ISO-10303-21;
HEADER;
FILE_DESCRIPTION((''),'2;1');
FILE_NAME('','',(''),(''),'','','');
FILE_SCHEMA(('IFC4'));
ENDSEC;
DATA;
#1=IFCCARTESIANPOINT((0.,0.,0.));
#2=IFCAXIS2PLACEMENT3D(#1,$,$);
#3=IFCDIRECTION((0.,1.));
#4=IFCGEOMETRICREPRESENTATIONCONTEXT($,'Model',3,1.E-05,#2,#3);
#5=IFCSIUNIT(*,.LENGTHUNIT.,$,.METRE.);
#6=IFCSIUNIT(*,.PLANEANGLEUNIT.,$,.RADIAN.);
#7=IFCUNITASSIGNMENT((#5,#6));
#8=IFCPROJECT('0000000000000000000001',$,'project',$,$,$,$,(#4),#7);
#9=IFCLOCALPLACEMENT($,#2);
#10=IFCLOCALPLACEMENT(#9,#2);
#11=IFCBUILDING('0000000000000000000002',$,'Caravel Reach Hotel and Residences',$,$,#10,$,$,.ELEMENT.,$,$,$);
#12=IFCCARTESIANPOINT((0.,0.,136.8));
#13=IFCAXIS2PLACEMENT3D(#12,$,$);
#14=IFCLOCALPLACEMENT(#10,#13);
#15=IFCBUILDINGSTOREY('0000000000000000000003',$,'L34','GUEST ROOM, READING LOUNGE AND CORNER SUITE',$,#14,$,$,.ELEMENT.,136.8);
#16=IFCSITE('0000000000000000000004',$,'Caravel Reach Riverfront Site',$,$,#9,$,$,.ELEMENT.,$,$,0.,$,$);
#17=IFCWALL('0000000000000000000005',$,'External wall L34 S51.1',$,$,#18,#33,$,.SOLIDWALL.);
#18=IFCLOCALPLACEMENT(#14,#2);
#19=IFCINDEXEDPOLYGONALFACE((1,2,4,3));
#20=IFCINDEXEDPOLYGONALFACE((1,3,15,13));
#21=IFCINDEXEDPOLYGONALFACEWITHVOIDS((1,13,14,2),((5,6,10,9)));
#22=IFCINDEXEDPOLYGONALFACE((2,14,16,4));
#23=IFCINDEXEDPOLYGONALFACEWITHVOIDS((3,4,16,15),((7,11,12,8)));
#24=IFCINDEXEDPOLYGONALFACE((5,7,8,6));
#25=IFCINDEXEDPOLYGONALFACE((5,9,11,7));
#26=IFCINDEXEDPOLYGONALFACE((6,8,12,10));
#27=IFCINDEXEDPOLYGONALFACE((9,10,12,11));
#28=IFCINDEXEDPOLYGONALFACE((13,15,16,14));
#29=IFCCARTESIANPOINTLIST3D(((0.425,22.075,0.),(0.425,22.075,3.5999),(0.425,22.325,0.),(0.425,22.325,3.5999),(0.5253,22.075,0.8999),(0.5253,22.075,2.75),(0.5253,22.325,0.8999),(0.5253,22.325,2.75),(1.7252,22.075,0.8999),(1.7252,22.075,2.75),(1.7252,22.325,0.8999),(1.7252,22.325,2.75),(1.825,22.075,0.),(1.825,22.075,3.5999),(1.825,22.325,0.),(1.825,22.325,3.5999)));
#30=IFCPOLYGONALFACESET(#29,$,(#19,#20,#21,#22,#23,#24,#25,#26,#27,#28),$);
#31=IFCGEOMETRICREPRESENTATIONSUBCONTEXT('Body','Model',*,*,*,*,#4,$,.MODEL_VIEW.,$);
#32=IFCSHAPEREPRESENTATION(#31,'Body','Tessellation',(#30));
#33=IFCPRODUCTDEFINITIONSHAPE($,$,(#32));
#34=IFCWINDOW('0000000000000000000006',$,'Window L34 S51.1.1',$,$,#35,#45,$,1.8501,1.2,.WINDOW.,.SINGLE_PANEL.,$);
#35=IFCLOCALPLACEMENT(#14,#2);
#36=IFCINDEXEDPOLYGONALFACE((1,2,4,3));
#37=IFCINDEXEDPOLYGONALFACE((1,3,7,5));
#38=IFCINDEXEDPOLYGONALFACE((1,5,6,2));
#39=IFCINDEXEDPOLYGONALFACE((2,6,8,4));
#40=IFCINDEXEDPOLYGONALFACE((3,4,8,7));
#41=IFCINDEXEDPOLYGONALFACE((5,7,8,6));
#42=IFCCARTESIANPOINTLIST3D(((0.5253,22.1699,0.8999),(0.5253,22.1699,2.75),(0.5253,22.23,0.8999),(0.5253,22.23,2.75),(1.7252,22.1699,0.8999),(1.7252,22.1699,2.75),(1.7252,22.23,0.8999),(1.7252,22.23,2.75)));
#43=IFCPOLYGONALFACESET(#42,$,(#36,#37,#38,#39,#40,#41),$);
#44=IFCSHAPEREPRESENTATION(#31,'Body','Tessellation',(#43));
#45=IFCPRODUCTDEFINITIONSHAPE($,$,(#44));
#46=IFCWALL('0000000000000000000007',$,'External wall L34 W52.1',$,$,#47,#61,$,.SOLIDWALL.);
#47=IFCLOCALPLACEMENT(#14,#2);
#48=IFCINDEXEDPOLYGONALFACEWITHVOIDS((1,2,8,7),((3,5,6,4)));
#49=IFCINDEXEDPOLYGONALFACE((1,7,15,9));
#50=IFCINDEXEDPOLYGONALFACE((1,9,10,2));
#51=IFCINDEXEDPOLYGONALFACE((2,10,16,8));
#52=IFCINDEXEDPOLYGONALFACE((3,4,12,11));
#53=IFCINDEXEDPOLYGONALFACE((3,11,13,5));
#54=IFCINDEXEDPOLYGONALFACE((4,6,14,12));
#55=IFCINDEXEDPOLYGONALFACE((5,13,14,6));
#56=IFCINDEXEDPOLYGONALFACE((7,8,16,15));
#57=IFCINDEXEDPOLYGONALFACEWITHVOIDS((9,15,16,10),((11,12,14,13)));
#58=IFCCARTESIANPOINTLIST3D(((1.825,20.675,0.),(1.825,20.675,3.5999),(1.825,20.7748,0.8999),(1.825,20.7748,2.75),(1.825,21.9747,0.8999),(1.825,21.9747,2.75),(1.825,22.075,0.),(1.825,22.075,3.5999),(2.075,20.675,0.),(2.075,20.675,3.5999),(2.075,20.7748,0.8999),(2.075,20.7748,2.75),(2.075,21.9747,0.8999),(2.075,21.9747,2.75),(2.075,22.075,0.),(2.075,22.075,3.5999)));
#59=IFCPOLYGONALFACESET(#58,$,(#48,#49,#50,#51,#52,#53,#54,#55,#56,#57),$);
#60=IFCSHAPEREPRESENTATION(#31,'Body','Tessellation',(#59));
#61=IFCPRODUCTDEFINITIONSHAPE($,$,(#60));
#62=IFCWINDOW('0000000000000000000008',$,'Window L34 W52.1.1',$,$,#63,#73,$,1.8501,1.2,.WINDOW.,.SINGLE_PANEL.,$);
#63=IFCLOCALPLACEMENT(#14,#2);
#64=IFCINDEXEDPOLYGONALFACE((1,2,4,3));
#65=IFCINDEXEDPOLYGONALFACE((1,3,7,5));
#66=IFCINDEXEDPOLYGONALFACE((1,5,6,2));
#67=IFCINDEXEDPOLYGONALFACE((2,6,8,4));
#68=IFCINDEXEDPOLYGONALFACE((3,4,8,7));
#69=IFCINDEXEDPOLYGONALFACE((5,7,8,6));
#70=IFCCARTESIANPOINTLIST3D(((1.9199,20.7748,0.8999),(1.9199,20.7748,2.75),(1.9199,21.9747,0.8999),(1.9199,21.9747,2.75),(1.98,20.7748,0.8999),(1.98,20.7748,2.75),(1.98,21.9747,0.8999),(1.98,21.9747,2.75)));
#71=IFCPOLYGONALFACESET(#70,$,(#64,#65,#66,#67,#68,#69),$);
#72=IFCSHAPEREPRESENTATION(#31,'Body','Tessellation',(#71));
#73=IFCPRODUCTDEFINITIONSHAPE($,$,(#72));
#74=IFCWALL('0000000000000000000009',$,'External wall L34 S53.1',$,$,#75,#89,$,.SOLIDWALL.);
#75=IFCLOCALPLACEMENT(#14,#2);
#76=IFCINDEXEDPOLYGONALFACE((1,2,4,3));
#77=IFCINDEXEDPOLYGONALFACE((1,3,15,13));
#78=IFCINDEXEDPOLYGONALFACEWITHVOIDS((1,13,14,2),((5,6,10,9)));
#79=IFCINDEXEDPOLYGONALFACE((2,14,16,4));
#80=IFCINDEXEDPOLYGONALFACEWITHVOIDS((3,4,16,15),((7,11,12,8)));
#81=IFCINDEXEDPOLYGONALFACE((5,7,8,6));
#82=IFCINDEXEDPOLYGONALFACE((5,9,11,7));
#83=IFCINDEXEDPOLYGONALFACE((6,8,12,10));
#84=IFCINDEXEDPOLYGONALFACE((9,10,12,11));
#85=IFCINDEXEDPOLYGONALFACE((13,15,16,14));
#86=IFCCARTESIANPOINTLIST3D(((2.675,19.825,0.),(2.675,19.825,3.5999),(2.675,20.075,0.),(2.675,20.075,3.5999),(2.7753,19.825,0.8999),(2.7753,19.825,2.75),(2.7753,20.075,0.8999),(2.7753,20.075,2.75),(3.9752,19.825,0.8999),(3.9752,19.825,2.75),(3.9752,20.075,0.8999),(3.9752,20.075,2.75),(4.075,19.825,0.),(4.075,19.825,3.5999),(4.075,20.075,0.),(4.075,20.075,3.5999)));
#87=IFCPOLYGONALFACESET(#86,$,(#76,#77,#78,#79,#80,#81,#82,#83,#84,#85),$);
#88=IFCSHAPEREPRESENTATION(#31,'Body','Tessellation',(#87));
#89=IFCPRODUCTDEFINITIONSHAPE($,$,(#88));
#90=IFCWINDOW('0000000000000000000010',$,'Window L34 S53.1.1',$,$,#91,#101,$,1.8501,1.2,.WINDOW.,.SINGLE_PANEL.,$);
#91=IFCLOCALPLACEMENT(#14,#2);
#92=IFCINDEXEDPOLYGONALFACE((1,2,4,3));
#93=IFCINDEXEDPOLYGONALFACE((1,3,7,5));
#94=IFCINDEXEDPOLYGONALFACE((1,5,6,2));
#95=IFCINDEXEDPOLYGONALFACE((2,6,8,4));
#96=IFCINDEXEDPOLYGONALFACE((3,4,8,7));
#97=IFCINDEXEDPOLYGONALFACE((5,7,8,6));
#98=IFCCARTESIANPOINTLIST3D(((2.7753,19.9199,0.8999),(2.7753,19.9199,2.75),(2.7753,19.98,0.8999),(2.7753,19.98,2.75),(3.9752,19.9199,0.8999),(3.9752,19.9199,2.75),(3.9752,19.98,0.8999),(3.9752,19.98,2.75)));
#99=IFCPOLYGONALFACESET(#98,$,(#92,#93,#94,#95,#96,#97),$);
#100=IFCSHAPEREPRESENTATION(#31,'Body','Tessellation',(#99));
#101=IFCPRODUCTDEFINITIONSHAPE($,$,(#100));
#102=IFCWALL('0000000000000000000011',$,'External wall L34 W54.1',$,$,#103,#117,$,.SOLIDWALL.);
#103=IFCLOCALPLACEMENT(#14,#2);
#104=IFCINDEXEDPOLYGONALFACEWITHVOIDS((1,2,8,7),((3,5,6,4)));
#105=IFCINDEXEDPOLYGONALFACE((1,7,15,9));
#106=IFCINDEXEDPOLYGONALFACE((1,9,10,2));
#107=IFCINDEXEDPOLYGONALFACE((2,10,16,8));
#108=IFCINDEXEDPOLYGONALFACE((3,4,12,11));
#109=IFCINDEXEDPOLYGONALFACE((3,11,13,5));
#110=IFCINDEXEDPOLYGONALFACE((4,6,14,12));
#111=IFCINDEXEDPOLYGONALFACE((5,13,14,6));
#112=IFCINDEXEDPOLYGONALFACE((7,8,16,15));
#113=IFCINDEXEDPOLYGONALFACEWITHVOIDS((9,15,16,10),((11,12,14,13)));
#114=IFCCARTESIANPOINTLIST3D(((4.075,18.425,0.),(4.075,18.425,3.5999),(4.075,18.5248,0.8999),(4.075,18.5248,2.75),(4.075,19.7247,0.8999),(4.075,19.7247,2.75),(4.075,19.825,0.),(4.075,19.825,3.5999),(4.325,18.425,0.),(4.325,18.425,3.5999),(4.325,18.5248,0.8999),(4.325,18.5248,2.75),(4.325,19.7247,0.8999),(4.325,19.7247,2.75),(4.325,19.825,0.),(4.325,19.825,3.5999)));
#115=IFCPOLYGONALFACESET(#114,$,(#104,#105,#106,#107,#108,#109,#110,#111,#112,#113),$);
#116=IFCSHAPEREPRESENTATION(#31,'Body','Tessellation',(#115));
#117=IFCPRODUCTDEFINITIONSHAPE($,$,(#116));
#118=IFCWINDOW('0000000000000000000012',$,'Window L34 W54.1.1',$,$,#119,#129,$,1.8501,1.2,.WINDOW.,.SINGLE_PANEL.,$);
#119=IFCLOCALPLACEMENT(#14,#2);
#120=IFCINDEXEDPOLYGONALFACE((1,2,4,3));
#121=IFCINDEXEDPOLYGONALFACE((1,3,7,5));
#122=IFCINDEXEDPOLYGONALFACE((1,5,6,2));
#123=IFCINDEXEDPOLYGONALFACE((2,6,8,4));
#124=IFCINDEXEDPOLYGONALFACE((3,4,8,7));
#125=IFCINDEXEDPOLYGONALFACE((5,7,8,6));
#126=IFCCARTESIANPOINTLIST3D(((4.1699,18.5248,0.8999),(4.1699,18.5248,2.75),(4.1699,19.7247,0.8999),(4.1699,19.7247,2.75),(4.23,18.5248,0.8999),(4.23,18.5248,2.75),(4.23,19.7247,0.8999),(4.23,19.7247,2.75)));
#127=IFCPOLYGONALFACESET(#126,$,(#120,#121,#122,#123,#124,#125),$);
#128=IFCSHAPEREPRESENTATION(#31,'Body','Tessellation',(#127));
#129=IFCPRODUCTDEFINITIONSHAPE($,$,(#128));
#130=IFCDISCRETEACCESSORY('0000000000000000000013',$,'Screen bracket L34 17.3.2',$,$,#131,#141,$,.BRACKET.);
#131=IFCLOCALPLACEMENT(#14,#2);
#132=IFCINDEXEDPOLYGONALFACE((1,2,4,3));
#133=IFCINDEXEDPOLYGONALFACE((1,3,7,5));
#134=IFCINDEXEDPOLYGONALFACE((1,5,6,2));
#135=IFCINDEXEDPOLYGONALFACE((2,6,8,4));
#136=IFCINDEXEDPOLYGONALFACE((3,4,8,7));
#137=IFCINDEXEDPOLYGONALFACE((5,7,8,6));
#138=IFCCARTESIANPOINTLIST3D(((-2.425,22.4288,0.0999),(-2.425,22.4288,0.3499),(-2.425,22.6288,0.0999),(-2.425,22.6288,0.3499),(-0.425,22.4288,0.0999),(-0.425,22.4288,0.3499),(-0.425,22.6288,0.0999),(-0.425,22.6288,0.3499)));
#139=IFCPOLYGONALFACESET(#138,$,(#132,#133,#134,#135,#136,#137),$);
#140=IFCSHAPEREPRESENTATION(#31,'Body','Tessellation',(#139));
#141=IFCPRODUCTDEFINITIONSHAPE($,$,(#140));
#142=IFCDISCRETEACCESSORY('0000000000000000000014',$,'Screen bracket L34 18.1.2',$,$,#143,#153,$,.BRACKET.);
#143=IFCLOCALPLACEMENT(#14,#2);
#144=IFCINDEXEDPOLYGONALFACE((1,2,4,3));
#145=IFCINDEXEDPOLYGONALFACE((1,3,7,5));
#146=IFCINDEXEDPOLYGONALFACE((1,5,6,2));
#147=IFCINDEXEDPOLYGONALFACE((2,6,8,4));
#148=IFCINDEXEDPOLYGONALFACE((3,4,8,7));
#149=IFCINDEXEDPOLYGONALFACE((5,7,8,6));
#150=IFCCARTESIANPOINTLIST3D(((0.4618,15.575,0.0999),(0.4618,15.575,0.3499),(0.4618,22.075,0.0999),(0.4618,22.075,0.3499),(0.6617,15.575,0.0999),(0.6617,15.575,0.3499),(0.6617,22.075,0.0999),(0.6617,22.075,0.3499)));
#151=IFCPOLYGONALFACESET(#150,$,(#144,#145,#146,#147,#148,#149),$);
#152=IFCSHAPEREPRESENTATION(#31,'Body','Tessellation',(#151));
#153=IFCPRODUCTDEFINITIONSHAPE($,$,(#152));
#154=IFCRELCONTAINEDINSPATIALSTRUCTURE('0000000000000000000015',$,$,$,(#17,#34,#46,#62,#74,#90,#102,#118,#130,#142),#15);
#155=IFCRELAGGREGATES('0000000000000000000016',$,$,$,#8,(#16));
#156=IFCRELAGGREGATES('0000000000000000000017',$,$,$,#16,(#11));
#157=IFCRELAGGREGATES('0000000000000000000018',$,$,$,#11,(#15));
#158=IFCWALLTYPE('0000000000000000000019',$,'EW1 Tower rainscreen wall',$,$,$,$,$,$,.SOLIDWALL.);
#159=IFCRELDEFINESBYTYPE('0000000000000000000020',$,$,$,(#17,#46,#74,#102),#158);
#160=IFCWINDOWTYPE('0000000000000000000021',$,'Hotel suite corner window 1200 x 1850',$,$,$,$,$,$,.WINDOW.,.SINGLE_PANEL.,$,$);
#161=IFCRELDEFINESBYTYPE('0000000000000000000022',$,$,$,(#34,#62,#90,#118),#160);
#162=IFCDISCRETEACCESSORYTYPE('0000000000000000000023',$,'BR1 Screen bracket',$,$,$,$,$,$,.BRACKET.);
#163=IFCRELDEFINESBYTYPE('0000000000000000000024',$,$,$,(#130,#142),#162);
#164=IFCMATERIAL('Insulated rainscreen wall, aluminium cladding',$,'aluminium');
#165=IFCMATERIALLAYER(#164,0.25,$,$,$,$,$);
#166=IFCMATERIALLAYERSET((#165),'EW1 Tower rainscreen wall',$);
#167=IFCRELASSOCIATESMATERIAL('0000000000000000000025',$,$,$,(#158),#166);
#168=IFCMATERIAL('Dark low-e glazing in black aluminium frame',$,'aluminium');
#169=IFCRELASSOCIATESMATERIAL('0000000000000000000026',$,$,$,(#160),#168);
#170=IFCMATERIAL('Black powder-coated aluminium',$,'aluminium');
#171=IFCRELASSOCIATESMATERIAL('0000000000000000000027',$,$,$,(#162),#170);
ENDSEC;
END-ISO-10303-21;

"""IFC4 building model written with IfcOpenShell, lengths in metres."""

from ifc_helpers import new_model, si_unit, direction, frame, frame_2d, origin, origin_2d, place, context, subcontext, project, spatial, rectangle, extrude, material, layer, layer_set, type_object, element, fill, save


model = new_model("IFC4")

# Units and contexts
model_context = context("Model", 3, precision=1e-05, world=origin(), true_north=direction((0.0, 1.0)))
body_context = subcontext(model_context, "Body", "Model", "MODEL_VIEW")
ifc_project = project(units=[si_unit("LENGTHUNIT", "METRE"), si_unit("PLANEANGLEUNIT", "RADIAN")], contexts=[model_context])

# Site, building, storey
site_placement = place(None, origin())
site = spatial("IfcSite", under=ifc_project, at=site_placement, Name="Caravel Reach Riverfront Site", CompositionType="ELEMENT", RefElevation=0.0)
building_placement = place(site_placement, origin())
building = spatial("IfcBuilding", under=site, at=building_placement, Name="Caravel Reach Hotel and Residences", CompositionType="ELEMENT")
storey_placement = place(building_placement, frame((0.0, 0.0, 136.8)))
storey = spatial("IfcBuildingStorey", under=building, at=storey_placement, Name="L34", Description="GUEST ROOM, READING LOUNGE AND CORNER SUITE", CompositionType="ELEMENT", Elevation=136.8)

# Walls, openings, windows
ifc_material_1 = material(Name="Insulated rainscreen wall, aluminium cladding", Category="aluminium")
ifc_layer = layer(ifc_material_1, 0.25)
ifc_layer_set = layer_set([ifc_layer], Name="EW1 Tower rainscreen wall")
wall_type = type_object("IfcWallType", Name="EW1 Tower rainscreen wall", PredefinedType="SOLIDWALL", material=ifc_layer_set)
wall_1_placement = place(storey_placement, frame((0.425, 22.2, 0.0), z_axis=(0.0, 0.0, 1.0), x_axis=(1.0, 0.0, 0.0)))
wall_1 = element("IfcWall", 1, at=wall_1_placement, inside=storey, type_object=wall_type, Name="External wall L34 S51.1", PredefinedType="SOLIDWALL", context=body_context, shape_type="SweptSolid", body=[
    extrude(rectangle(XDim=1.3999, YDim=0.25, at=frame_2d((0.7, 0.0))), origin(), (0.0, 0.0, 1.0), 3.5999),
])
opening_1_placement = place(wall_1_placement, frame((0.1001, 0.0, 0.8999)))
opening_1 = element("IfcOpeningElement", 2, at=opening_1_placement, cuts=wall_1, PredefinedType="OPENING", context=body_context, shape_type="SweptSolid", body=[
    extrude(rectangle(XDim=1.2, YDim=1.8501, at=frame_2d((0.6001, 0.925))), frame((0.0, 0.135, 0.0), z_axis=(0.0, -1.0, 0.0), x_axis=(1.0, 0.0, 0.0)), (0.0, 0.0, 1.0), 0.27),
])
ifc_material_2 = material(Name="Dark low-e glazing in black aluminium frame", Category="aluminium")
window_type = type_object("IfcWindowType", Name="Hotel suite corner window 1200 x 1850", PartitioningType="SINGLE_PANEL", PredefinedType="WINDOW", material=ifc_material_2)
window_1_placement = place(opening_1_placement, origin())
window_1 = element("IfcWindow", 3, at=window_1_placement, inside=storey, type_object=window_type, Name="Window L34 S51.1.1", OverallHeight=1.8501, OverallWidth=1.2, PartitioningType="SINGLE_PANEL", PredefinedType="WINDOW", context=body_context, shape_type="SweptSolid", body=[
    extrude(rectangle(XDim=1.2, YDim=1.8501, at=frame_2d((0.6001, 0.925))), frame((0.0, 0.03, 0.0), z_axis=(0.0, -1.0, 0.0), x_axis=(1.0, 0.0, 0.0)), (0.0, 0.0, 1.0), 0.0601),
])
fill(opening_1, window_1)
wall_2_placement = place(storey_placement, frame((1.95, 22.075, 0.0), z_axis=(0.0, 0.0, 1.0), x_axis=(0.0, -1.0, 0.0)))
wall_2 = element("IfcWall", 4, at=wall_2_placement, inside=storey, type_object=wall_type, Name="External wall L34 W52.1", PredefinedType="SOLIDWALL", context=body_context, shape_type="SweptSolid", body=[
    extrude(rectangle(XDim=1.3999, YDim=0.25, at=frame_2d((0.7, 0.0))), origin(), (0.0, 0.0, 1.0), 3.5999),
])
opening_2_placement = place(wall_2_placement, frame((0.1001, 0.0, 0.8999)))
opening_2 = element("IfcOpeningElement", 5, at=opening_2_placement, cuts=wall_2, PredefinedType="OPENING", context=body_context, shape_type="SweptSolid", body=[
    extrude(rectangle(XDim=1.2, YDim=1.8501, at=frame_2d((0.6001, 0.925))), frame((0.0, 0.135, 0.0), z_axis=(0.0, -1.0, 0.0), x_axis=(1.0, 0.0, 0.0)), (0.0, 0.0, 1.0), 0.27),
])
window_2_placement = place(opening_2_placement, origin())
window_2 = element("IfcWindow", 6, at=window_2_placement, inside=storey, type_object=window_type, Name="Window L34 W52.1.1", OverallHeight=1.8501, OverallWidth=1.2, PartitioningType="SINGLE_PANEL", PredefinedType="WINDOW", context=body_context, shape_type="SweptSolid", body=[
    extrude(rectangle(XDim=1.2, YDim=1.8501, at=frame_2d((0.6001, 0.925))), frame((0.0, 0.03, 0.0), z_axis=(0.0, -1.0, 0.0), x_axis=(1.0, 0.0, 0.0)), (0.0, 0.0, 1.0), 0.0601),
])
fill(opening_2, window_2)
wall_3_placement = place(storey_placement, frame((2.675, 19.95, 0.0), z_axis=(0.0, 0.0, 1.0), x_axis=(1.0, 0.0, 0.0)))
wall_3 = element("IfcWall", 7, at=wall_3_placement, inside=storey, type_object=wall_type, Name="External wall L34 S53.1", PredefinedType="SOLIDWALL", context=body_context, shape_type="SweptSolid", body=[
    extrude(rectangle(XDim=1.3999, YDim=0.25, at=frame_2d((0.7, 0.0))), origin(), (0.0, 0.0, 1.0), 3.5999),
])
opening_3_placement = place(wall_3_placement, frame((0.1001, 0.0, 0.8999)))
opening_3 = element("IfcOpeningElement", 8, at=opening_3_placement, cuts=wall_3, PredefinedType="OPENING", context=body_context, shape_type="SweptSolid", body=[
    extrude(rectangle(XDim=1.2, YDim=1.8501, at=frame_2d((0.6001, 0.925))), frame((0.0, 0.135, 0.0), z_axis=(0.0, -1.0, 0.0), x_axis=(1.0, 0.0, 0.0)), (0.0, 0.0, 1.0), 0.27),
])
window_3_placement = place(opening_3_placement, origin())
window_3 = element("IfcWindow", 9, at=window_3_placement, inside=storey, type_object=window_type, Name="Window L34 S53.1.1", OverallHeight=1.8501, OverallWidth=1.2, PartitioningType="SINGLE_PANEL", PredefinedType="WINDOW", context=body_context, shape_type="SweptSolid", body=[
    extrude(rectangle(XDim=1.2, YDim=1.8501, at=frame_2d((0.6001, 0.925))), frame((0.0, 0.03, 0.0), z_axis=(0.0, -1.0, 0.0), x_axis=(1.0, 0.0, 0.0)), (0.0, 0.0, 1.0), 0.0601),
])
fill(opening_3, window_3)
wall_4_placement = place(storey_placement, frame((4.2, 19.825, 0.0), z_axis=(0.0, 0.0, 1.0), x_axis=(0.0, -1.0, 0.0)))
wall_4 = element("IfcWall", 10, at=wall_4_placement, inside=storey, type_object=wall_type, Name="External wall L34 W54.1", PredefinedType="SOLIDWALL", context=body_context, shape_type="SweptSolid", body=[
    extrude(rectangle(XDim=1.3999, YDim=0.25, at=frame_2d((0.7, 0.0))), origin(), (0.0, 0.0, 1.0), 3.5999),
])
opening_4_placement = place(wall_4_placement, frame((0.1001, 0.0, 0.8999)))
opening_4 = element("IfcOpeningElement", 11, at=opening_4_placement, cuts=wall_4, PredefinedType="OPENING", context=body_context, shape_type="SweptSolid", body=[
    extrude(rectangle(XDim=1.2, YDim=1.8501, at=frame_2d((0.6001, 0.925))), frame((0.0, 0.135, 0.0), z_axis=(0.0, -1.0, 0.0), x_axis=(1.0, 0.0, 0.0)), (0.0, 0.0, 1.0), 0.27),
])
window_4_placement = place(opening_4_placement, origin())
window_4 = element("IfcWindow", 12, at=window_4_placement, inside=storey, type_object=window_type, Name="Window L34 W54.1.1", OverallHeight=1.8501, OverallWidth=1.2, PartitioningType="SINGLE_PANEL", PredefinedType="WINDOW", context=body_context, shape_type="SweptSolid", body=[
    extrude(rectangle(XDim=1.2, YDim=1.8501, at=frame_2d((0.6001, 0.925))), frame((0.0, 0.03, 0.0), z_axis=(0.0, -1.0, 0.0), x_axis=(1.0, 0.0, 0.0)), (0.0, 0.0, 1.0), 0.0601),
])
fill(opening_4, window_4)

# Discrete accessories
ifc_material_3 = material(Name="Black powder-coated aluminium", Category="aluminium")
discrete_accessory_type = type_object("IfcDiscreteAccessoryType", Name="BR1 Screen bracket", PredefinedType="BRACKET", material=ifc_material_3)
discrete_accessory_1_placement = place(storey_placement, frame((-1.425, 22.5288, 0.0999), z_axis=(0.0, 0.0, 1.0), x_axis=(-1.0, 0.0, 0.0)))
element("IfcDiscreteAccessory", 13, at=discrete_accessory_1_placement, inside=storey, type_object=discrete_accessory_type, Name="Screen bracket L34 17.3.2", PredefinedType="BRACKET", context=body_context, shape_type="SweptSolid", body=[
    extrude(rectangle(XDim=2.0, YDim=0.2, at=origin_2d()), origin(), (0.0, 0.0, 1.0), 0.25),
])
discrete_accessory_2_placement = place(storey_placement, frame((0.5618, 18.825, 0.0999), z_axis=(0.0, 0.0, 1.0), x_axis=(0.0, -1.0, 0.0)))
element("IfcDiscreteAccessory", 14, at=discrete_accessory_2_placement, inside=storey, type_object=discrete_accessory_type, Name="Screen bracket L34 18.1.2", PredefinedType="BRACKET", context=body_context, shape_type="SweptSolid", body=[
    extrude(rectangle(XDim=6.5, YDim=0.2, at=origin_2d()), origin(), (0.0, 0.0, 1.0), 0.25),
])

save(model, "model.ifc")
